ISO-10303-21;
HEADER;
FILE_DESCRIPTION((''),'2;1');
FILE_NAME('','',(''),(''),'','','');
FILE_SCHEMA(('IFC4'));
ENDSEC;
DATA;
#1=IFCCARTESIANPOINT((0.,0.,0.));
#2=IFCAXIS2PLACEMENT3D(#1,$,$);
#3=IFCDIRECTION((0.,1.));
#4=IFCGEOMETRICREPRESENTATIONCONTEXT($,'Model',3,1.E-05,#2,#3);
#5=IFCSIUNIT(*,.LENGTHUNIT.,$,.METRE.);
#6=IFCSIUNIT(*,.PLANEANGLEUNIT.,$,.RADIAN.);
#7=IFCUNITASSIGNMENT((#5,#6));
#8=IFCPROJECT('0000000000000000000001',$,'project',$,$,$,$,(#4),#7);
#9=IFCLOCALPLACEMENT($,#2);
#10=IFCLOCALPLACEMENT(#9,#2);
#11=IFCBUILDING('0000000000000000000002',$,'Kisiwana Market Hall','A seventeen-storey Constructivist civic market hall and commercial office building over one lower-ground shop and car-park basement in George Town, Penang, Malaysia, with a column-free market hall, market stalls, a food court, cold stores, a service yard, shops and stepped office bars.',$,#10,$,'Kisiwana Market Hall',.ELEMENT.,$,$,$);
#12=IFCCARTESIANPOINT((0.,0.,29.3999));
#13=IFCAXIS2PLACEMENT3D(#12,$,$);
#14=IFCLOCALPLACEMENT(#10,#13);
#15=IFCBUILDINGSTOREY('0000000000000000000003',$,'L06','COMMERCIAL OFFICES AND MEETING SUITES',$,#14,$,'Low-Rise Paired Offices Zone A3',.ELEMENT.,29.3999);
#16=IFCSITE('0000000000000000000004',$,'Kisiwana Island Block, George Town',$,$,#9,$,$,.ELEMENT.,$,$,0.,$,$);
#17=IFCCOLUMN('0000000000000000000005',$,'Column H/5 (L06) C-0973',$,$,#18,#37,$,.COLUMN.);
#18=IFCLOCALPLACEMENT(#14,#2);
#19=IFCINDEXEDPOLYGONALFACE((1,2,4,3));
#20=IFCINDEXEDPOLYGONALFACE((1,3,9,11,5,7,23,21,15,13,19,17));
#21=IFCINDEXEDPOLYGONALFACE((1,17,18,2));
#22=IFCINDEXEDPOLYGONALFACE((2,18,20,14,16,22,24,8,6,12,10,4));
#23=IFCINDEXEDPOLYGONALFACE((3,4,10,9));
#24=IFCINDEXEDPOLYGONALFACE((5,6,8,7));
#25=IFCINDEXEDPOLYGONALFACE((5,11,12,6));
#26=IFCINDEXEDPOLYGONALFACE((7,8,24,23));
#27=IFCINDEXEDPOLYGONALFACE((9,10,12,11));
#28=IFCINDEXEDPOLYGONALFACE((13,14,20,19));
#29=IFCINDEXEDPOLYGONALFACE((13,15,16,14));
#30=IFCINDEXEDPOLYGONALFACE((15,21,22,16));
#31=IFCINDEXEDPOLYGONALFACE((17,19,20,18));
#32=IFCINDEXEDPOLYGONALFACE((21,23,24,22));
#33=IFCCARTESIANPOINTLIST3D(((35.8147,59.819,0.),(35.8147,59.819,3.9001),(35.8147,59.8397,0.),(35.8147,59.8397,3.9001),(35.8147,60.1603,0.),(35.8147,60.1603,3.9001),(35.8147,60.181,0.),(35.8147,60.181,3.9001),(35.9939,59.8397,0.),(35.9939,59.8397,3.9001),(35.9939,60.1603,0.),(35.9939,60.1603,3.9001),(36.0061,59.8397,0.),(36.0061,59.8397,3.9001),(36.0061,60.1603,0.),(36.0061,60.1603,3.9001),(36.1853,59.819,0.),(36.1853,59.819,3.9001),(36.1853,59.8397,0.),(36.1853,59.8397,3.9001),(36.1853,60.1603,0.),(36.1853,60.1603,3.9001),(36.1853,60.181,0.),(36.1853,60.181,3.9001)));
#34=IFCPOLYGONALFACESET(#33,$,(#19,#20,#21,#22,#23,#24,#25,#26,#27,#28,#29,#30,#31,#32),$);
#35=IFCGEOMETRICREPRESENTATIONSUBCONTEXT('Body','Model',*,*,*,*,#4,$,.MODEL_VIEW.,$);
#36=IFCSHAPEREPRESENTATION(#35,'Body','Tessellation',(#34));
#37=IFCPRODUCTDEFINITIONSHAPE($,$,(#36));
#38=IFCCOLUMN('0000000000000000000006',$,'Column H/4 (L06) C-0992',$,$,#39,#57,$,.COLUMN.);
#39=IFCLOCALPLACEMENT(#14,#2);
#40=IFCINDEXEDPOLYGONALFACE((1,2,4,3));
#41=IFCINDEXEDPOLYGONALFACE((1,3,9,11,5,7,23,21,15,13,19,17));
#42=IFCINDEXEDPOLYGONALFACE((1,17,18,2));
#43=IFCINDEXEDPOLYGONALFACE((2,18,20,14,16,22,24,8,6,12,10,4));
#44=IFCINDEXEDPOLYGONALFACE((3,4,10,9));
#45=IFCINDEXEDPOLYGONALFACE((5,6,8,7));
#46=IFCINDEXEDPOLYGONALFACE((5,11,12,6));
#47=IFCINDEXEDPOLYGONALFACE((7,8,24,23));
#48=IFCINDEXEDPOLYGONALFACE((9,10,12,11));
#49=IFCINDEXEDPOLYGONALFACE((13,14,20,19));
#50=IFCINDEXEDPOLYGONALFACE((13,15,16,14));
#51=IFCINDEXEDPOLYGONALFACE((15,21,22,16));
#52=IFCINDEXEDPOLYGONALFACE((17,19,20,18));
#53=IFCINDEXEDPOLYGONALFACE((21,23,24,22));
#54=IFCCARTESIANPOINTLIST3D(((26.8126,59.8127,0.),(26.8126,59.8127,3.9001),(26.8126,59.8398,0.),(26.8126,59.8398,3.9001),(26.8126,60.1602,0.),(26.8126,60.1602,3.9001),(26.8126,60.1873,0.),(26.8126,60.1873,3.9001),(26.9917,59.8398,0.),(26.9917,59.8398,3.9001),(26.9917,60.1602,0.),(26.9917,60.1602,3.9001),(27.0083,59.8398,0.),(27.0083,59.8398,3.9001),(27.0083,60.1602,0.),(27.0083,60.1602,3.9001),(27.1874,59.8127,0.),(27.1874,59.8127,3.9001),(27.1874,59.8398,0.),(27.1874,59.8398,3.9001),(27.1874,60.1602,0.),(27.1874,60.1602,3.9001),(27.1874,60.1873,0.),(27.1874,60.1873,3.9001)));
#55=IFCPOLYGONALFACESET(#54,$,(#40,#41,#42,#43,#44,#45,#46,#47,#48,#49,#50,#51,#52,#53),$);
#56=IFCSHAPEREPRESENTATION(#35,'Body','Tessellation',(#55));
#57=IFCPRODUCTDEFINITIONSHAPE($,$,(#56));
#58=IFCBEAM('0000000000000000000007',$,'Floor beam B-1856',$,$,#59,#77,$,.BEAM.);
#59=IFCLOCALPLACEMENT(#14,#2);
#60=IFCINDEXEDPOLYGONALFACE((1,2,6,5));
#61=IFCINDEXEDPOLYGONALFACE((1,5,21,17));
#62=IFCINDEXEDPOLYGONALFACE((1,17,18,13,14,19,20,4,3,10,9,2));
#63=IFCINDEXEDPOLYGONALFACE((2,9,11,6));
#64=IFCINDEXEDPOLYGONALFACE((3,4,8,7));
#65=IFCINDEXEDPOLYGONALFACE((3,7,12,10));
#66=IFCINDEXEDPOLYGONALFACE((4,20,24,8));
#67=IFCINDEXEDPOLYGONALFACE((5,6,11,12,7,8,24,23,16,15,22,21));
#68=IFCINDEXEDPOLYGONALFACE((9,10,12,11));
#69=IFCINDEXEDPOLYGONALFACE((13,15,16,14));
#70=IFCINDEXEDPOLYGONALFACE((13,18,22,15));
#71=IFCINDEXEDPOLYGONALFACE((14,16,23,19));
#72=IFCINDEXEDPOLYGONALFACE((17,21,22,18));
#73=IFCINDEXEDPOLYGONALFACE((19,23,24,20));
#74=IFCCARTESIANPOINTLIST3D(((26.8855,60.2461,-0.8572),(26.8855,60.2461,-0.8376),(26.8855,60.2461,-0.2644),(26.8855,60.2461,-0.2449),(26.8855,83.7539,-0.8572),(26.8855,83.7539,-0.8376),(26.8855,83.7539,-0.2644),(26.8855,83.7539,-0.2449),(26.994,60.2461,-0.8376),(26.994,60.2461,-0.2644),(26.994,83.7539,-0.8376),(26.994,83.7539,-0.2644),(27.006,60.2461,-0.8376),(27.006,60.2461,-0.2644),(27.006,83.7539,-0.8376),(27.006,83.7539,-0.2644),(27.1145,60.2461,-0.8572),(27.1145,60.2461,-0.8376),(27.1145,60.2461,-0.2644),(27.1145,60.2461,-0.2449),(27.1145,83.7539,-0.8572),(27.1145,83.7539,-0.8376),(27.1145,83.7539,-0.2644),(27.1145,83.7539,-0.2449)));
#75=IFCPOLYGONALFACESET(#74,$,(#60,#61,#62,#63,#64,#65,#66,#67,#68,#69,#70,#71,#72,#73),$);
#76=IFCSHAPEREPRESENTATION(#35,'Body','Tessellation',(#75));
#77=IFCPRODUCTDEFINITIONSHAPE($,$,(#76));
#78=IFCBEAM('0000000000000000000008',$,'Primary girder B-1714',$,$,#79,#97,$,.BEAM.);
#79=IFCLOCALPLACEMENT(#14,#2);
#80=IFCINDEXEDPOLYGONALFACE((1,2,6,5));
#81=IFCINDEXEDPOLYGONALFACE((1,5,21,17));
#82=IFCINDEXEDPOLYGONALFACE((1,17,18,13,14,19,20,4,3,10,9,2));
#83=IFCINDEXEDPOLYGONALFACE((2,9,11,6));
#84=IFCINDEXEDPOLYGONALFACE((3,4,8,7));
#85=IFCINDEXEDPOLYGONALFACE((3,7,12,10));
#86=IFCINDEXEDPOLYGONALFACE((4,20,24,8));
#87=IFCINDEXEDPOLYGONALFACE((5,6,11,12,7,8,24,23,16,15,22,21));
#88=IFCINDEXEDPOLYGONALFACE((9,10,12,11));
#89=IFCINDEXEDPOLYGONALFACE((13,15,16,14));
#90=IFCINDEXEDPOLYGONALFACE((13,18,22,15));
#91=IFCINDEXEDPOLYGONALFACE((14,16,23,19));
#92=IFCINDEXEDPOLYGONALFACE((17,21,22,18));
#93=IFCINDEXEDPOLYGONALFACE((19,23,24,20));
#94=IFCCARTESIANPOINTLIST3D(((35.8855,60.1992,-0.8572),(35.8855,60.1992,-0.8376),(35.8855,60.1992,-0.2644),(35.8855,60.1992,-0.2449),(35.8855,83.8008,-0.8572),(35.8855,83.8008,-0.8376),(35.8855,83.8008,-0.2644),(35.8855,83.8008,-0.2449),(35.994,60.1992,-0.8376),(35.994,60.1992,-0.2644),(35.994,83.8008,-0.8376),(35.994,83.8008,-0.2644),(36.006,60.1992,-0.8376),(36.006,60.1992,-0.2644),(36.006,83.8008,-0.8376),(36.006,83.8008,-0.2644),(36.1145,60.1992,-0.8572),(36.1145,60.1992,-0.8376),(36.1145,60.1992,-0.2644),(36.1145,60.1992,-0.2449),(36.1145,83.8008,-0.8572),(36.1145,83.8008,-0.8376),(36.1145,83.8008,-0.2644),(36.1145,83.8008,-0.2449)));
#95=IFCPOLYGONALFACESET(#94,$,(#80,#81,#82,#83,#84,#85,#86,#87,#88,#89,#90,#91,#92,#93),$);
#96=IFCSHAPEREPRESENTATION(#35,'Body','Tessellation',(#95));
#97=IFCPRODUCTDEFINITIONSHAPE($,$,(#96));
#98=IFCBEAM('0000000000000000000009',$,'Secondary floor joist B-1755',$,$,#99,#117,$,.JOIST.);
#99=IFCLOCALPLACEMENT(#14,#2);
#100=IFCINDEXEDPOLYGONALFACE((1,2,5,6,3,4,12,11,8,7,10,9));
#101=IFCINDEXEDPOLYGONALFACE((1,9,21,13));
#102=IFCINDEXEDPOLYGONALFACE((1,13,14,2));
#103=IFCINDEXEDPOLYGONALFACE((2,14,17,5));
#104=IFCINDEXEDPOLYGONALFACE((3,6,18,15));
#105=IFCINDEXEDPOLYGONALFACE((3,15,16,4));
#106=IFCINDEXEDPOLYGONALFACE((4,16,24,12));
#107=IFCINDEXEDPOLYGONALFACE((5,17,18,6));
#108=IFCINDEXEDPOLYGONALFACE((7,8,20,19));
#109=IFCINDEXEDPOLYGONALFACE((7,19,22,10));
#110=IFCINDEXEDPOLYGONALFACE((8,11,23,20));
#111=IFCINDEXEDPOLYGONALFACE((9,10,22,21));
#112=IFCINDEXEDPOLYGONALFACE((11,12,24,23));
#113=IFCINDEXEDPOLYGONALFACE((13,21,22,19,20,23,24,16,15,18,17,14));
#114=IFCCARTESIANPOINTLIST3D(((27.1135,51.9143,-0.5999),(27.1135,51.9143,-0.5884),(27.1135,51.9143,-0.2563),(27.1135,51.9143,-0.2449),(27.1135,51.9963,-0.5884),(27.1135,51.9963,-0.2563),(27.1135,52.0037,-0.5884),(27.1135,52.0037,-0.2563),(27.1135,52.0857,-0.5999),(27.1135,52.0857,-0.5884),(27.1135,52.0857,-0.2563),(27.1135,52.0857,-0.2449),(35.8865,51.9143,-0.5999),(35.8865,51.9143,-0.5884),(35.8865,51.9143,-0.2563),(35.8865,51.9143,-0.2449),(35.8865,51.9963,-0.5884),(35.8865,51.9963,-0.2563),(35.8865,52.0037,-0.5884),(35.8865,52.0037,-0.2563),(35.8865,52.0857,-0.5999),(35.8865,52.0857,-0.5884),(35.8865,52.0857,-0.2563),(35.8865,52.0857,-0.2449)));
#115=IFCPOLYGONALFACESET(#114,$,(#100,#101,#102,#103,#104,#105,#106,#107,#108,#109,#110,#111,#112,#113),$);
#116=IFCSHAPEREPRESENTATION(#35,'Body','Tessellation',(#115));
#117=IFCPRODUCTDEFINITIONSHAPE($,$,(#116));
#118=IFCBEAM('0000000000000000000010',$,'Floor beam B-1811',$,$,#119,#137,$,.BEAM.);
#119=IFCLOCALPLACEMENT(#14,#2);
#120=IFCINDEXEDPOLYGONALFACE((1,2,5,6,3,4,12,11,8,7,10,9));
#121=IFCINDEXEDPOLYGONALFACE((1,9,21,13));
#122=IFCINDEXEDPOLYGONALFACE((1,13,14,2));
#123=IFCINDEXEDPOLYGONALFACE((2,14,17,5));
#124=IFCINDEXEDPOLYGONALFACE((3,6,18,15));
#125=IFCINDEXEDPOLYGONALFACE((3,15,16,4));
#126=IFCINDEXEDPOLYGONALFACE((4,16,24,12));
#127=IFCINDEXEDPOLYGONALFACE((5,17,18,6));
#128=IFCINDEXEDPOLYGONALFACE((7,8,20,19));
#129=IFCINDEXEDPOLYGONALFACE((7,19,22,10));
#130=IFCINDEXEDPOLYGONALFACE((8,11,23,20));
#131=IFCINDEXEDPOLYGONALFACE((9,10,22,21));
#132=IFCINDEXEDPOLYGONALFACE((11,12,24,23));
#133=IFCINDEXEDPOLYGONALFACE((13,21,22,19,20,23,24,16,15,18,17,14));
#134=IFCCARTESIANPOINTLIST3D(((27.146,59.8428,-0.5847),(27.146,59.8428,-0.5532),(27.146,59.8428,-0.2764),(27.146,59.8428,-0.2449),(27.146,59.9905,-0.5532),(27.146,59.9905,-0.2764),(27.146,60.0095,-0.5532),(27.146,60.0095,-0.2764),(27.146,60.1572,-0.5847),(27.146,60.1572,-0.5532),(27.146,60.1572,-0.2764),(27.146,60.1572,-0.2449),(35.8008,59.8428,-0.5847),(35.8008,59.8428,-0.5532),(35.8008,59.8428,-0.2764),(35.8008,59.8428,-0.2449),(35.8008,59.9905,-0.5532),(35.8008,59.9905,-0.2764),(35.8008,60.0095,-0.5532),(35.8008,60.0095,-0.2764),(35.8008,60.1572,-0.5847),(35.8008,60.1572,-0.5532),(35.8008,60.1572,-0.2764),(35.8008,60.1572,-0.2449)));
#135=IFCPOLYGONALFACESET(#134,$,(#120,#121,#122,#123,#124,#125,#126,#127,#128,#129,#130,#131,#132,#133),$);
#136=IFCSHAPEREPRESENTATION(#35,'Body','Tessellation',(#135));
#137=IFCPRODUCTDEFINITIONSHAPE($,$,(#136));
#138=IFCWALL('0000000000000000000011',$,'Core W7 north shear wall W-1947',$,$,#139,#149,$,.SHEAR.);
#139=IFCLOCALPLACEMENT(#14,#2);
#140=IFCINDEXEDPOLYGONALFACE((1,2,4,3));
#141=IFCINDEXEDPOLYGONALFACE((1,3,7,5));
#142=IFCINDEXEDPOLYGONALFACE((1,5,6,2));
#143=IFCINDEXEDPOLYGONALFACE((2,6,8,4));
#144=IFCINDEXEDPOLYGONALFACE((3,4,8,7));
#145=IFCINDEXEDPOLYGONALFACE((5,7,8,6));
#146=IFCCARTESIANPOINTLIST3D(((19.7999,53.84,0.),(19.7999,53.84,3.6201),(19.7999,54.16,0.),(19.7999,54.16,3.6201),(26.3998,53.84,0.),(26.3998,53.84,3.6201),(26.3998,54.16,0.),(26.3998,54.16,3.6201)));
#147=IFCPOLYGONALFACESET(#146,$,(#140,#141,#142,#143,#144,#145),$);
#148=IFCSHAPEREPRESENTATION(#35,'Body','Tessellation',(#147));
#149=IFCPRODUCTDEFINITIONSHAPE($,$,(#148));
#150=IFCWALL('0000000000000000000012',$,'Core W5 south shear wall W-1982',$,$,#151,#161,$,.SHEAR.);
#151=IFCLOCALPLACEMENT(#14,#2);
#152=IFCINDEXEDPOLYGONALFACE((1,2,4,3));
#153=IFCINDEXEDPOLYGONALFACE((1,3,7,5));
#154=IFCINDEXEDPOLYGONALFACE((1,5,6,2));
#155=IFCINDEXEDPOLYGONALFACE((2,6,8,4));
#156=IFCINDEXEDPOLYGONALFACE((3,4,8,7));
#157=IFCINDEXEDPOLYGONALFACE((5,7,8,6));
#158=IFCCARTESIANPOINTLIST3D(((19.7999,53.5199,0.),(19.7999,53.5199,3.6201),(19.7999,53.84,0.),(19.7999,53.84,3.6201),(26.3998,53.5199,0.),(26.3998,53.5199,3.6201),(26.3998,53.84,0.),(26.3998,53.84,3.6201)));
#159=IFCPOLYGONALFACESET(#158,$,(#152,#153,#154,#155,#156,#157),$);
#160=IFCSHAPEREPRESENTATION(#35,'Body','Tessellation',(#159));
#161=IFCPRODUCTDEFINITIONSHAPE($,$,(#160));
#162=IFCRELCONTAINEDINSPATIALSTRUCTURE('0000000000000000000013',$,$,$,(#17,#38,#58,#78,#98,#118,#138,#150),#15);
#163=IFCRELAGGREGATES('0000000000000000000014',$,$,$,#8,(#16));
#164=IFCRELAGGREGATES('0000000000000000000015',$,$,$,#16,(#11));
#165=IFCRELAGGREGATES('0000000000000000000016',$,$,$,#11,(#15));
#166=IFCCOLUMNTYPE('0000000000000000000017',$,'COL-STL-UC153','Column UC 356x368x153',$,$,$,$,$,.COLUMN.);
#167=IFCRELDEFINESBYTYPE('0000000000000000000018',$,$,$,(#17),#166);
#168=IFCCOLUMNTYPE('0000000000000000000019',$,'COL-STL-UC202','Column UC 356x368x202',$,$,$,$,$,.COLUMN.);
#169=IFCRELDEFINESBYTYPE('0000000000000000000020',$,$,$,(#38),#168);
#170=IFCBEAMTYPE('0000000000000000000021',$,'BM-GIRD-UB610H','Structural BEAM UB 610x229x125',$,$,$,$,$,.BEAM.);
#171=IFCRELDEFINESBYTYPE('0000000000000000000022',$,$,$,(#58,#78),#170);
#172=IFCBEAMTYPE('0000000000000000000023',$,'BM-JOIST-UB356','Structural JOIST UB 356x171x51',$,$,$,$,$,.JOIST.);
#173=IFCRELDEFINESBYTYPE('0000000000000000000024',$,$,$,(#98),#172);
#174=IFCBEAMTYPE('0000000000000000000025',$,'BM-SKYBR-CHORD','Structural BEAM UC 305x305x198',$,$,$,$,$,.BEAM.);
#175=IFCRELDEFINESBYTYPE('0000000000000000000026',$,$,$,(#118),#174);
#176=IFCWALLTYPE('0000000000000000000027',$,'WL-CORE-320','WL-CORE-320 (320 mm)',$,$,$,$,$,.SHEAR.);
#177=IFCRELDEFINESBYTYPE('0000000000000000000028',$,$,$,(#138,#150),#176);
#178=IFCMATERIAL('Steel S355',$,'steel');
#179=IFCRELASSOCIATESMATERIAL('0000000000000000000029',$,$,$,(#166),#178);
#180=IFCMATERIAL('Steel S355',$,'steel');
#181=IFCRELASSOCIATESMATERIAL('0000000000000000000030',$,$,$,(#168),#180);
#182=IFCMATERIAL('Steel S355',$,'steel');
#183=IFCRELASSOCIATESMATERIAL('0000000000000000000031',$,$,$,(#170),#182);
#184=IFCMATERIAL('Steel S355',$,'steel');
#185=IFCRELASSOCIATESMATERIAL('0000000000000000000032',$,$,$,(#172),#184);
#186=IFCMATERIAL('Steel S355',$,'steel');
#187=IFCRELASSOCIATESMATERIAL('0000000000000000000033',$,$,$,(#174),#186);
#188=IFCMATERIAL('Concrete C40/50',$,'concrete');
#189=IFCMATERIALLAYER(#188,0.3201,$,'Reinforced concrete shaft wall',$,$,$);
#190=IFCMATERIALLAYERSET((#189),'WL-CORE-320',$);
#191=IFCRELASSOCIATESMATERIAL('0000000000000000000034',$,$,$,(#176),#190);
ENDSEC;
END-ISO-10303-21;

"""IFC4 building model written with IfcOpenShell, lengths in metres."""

from ifc_helpers import new_model, si_unit, direction, frame, frame_2d, origin, origin_2d, place, context, subcontext, project, spatial, rectangle, i_section, extrude, material, layer, layer_set, material_profile, profile_set, type_object, element, save


model = new_model("IFC4")

# Units and contexts
model_context = context("Model", 3, precision=1e-05, world=origin(), true_north=direction((0.0, 1.0)))
body_context = subcontext(model_context, "Body", "Model", "MODEL_VIEW")
ifc_project = project(units=[si_unit("LENGTHUNIT", "METRE"), si_unit("PLANEANGLEUNIT", "RADIAN")], contexts=[model_context])

# Site, building, storey
site_placement = place(None, origin())
site = spatial("IfcSite", under=ifc_project, at=site_placement, Name="Kisiwana Island Block, George Town", CompositionType="ELEMENT", RefElevation=0.0)
building_placement = place(site_placement, origin())
building = spatial("IfcBuilding", under=site, at=building_placement, Name="Kisiwana Market Hall", Description="A seventeen-storey Constructivist civic market hall and commercial office building over one lower-ground shop and car-park basement in George Town, Penang, Malaysia, with a column-free market hall, market stalls, a food court, cold stores, a service yard, shops and stepped office bars.", LongName="Kisiwana Market Hall", CompositionType="ELEMENT")
storey_placement = place(building_placement, frame((0.0, 0.0, 29.3999)))
storey = spatial("IfcBuildingStorey", under=building, at=storey_placement, Name="L06", Description="COMMERCIAL OFFICES AND MEETING SUITES", LongName="Low-Rise Paired Offices Zone A3", CompositionType="ELEMENT", Elevation=29.3999)

# Columns
ifc_material_1 = material(Name="Steel S355", Category="steel")
ifc_material_profile_1 = material_profile(ifc_material_1, i_section(OverallWidth=0.3706, OverallDepth=0.3621, WebThickness=0.0122, FlangeThickness=0.0208, at=origin_2d()), Name="UC 356x368x153")
ifc_profile_set_1 = profile_set([ifc_material_profile_1], Name="Steel S355")
column_type_1 = type_object("IfcColumnType", Name="COL-STL-UC153", Description="Column UC 356x368x153", PredefinedType="COLUMN", material=ifc_profile_set_1)
column_1_placement = place(storey_placement, frame((36.0, 60.0, 0.0), z_axis=(0.0, 0.0, 1.0), x_axis=(1.0, 0.0, 0.0)))
element("IfcColumn", 1, at=column_1_placement, inside=storey, type_object=column_type_1, Name="Column H/5 (L06) C-0973", PredefinedType="COLUMN", context=body_context, shape_type="SweptSolid", body=[
    extrude(i_section(OverallWidth=0.3706, OverallDepth=0.3621, WebThickness=0.0122, FlangeThickness=0.0208, at=origin_2d()), origin(), (0.0, 0.0, 1.0), 3.9001),
])
ifc_material_2 = material(Name="Steel S355", Category="steel")
ifc_material_profile_2 = material_profile(ifc_material_2, i_section(OverallWidth=0.3748, OverallDepth=0.3745, WebThickness=0.0166, FlangeThickness=0.0271, at=origin_2d()), Name="UC 356x368x202")
ifc_profile_set_2 = profile_set([ifc_material_profile_2], Name="Steel S355")
column_type_2 = type_object("IfcColumnType", Name="COL-STL-UC202", Description="Column UC 356x368x202", PredefinedType="COLUMN", material=ifc_profile_set_2)
column_2_placement = place(storey_placement, frame((27.0, 60.0, 0.0), z_axis=(0.0, 0.0, 1.0), x_axis=(1.0, 0.0, 0.0)))
element("IfcColumn", 2, at=column_2_placement, inside=storey, type_object=column_type_2, Name="Column H/4 (L06) C-0992", PredefinedType="COLUMN", context=body_context, shape_type="SweptSolid", body=[
    extrude(i_section(OverallWidth=0.3748, OverallDepth=0.3745, WebThickness=0.0166, FlangeThickness=0.0271, at=origin_2d()), origin(), (0.0, 0.0, 1.0), 3.9001),
])

# Beams
ifc_material_3 = material(Name="Steel S355", Category="steel")
ifc_material_profile_3 = material_profile(ifc_material_3, i_section(OverallWidth=0.229, OverallDepth=0.6123, WebThickness=0.012, FlangeThickness=0.0195, at=origin_2d()), Name="UB 610x229x125")
ifc_profile_set_3 = profile_set([ifc_material_profile_3], Name="Steel S355")
beam_type_1 = type_object("IfcBeamType", Name="BM-GIRD-UB610H", Description="Structural BEAM UB 610x229x125", PredefinedType="BEAM", material=ifc_profile_set_3)
beam_1_placement = place(storey_placement, frame((27.0, 60.2461, -0.551), z_axis=(0.0, 1.0, 0.0), x_axis=(-1.0, 0.0, 0.0)))
element("IfcBeam", 3, at=beam_1_placement, inside=storey, type_object=beam_type_1, Name="Floor beam B-1856", PredefinedType="BEAM", context=body_context, shape_type="SweptSolid", body=[
    extrude(i_section(OverallWidth=0.229, OverallDepth=0.6123, WebThickness=0.012, FlangeThickness=0.0195, at=origin_2d()), origin(), (0.0, 0.0, 1.0), 23.5078),
])
beam_2_placement = place(storey_placement, frame((36.0, 60.1992, -0.551), z_axis=(0.0, 1.0, 0.0), x_axis=(-1.0, 0.0, 0.0)))
element("IfcBeam", 4, at=beam_2_placement, inside=storey, type_object=beam_type_1, Name="Primary girder B-1714", PredefinedType="BEAM", context=body_context, shape_type="SweptSolid", body=[
    extrude(i_section(OverallWidth=0.229, OverallDepth=0.6123, WebThickness=0.012, FlangeThickness=0.0195, at=origin_2d()), origin(), (0.0, 0.0, 1.0), 23.6016),
])
ifc_material_4 = material(Name="Steel S355", Category="steel")
ifc_material_profile_4 = material_profile(ifc_material_4, i_section(OverallWidth=0.1714, OverallDepth=0.355, WebThickness=0.0073, FlangeThickness=0.0115, at=origin_2d()), Name="UB 356x171x51")
ifc_profile_set_4 = profile_set([ifc_material_profile_4], Name="Steel S355")
beam_type_2 = type_object("IfcBeamType", Name="BM-JOIST-UB356", Description="Structural JOIST UB 356x171x51", PredefinedType="JOIST", material=ifc_profile_set_4)
beam_3_placement = place(storey_placement, frame((27.1135, 52.0, -0.4224), z_axis=(1.0, 0.0, 0.0), x_axis=(0.0, 1.0, 0.0)))
element("IfcBeam", 5, at=beam_3_placement, inside=storey, type_object=beam_type_2, Name="Secondary floor joist B-1755", PredefinedType="JOIST", context=body_context, shape_type="SweptSolid", body=[
    extrude(i_section(OverallWidth=0.1714, OverallDepth=0.355, WebThickness=0.0073, FlangeThickness=0.0115, at=origin_2d()), origin(), (0.0, 0.0, 1.0), 8.7729),
])
ifc_material_5 = material(Name="Steel S355", Category="steel")
ifc_material_profile_5 = material_profile(ifc_material_5, i_section(OverallWidth=0.3145, OverallDepth=0.3398, WebThickness=0.019, FlangeThickness=0.0315, at=origin_2d()), Name="UC 305x305x198")
ifc_profile_set_5 = profile_set([ifc_material_profile_5], Name="Steel S355")
beam_type_3 = type_object("IfcBeamType", Name="BM-SKYBR-CHORD", Description="Structural BEAM UC 305x305x198", PredefinedType="BEAM", material=ifc_profile_set_5)
beam_4_placement = place(storey_placement, frame((27.146, 60.0, -0.4148), z_axis=(1.0, 0.0, 0.0), x_axis=(0.0, 1.0, 0.0)))
element("IfcBeam", 6, at=beam_4_placement, inside=storey, type_object=beam_type_3, Name="Floor beam B-1811", PredefinedType="BEAM", context=body_context, shape_type="SweptSolid", body=[
    extrude(i_section(OverallWidth=0.3145, OverallDepth=0.3398, WebThickness=0.019, FlangeThickness=0.0315, at=origin_2d()), origin(), (0.0, 0.0, 1.0), 8.6548),
])

# Walls
ifc_material_6 = material(Name="Concrete C40/50", Category="concrete")
ifc_layer_1 = layer(ifc_material_6, 0.3201, Name="Reinforced concrete shaft wall")
ifc_layer_set_1 = layer_set([ifc_layer_1], Name="WL-CORE-320")
wall_type_1 = type_object("IfcWallType", Name="WL-CORE-320", Description="WL-CORE-320 (320 mm)", PredefinedType="SHEAR", material=ifc_layer_set_1)
for number, where, z_axis, x_axis, name in (
    (7, (19.8, 54.0, 0.0), (0.0, 0.0, 1.0), (1.0, 0.0, 0.0), "Core W7 north shear wall W-1947"),
    (8, (19.8, 53.6799, 0.0), (0.0, 0.0, 1.0), (1.0, 0.0, 0.0), "Core W5 south shear wall W-1982"),
):
    element("IfcWall", number, at=place(storey_placement, frame(where, z_axis=z_axis, x_axis=x_axis)), inside=storey, type_object=wall_type_1, Name=name, PredefinedType="SHEAR", context=body_context, shape_type="SweptSolid", body=[
        extrude(rectangle(XDim=6.5999, YDim=0.3201, at=frame_2d((3.2998, 0.0))), origin(), (0.0, 0.0, 1.0), 3.6201),
    ])

save(model, "model.ifc")
